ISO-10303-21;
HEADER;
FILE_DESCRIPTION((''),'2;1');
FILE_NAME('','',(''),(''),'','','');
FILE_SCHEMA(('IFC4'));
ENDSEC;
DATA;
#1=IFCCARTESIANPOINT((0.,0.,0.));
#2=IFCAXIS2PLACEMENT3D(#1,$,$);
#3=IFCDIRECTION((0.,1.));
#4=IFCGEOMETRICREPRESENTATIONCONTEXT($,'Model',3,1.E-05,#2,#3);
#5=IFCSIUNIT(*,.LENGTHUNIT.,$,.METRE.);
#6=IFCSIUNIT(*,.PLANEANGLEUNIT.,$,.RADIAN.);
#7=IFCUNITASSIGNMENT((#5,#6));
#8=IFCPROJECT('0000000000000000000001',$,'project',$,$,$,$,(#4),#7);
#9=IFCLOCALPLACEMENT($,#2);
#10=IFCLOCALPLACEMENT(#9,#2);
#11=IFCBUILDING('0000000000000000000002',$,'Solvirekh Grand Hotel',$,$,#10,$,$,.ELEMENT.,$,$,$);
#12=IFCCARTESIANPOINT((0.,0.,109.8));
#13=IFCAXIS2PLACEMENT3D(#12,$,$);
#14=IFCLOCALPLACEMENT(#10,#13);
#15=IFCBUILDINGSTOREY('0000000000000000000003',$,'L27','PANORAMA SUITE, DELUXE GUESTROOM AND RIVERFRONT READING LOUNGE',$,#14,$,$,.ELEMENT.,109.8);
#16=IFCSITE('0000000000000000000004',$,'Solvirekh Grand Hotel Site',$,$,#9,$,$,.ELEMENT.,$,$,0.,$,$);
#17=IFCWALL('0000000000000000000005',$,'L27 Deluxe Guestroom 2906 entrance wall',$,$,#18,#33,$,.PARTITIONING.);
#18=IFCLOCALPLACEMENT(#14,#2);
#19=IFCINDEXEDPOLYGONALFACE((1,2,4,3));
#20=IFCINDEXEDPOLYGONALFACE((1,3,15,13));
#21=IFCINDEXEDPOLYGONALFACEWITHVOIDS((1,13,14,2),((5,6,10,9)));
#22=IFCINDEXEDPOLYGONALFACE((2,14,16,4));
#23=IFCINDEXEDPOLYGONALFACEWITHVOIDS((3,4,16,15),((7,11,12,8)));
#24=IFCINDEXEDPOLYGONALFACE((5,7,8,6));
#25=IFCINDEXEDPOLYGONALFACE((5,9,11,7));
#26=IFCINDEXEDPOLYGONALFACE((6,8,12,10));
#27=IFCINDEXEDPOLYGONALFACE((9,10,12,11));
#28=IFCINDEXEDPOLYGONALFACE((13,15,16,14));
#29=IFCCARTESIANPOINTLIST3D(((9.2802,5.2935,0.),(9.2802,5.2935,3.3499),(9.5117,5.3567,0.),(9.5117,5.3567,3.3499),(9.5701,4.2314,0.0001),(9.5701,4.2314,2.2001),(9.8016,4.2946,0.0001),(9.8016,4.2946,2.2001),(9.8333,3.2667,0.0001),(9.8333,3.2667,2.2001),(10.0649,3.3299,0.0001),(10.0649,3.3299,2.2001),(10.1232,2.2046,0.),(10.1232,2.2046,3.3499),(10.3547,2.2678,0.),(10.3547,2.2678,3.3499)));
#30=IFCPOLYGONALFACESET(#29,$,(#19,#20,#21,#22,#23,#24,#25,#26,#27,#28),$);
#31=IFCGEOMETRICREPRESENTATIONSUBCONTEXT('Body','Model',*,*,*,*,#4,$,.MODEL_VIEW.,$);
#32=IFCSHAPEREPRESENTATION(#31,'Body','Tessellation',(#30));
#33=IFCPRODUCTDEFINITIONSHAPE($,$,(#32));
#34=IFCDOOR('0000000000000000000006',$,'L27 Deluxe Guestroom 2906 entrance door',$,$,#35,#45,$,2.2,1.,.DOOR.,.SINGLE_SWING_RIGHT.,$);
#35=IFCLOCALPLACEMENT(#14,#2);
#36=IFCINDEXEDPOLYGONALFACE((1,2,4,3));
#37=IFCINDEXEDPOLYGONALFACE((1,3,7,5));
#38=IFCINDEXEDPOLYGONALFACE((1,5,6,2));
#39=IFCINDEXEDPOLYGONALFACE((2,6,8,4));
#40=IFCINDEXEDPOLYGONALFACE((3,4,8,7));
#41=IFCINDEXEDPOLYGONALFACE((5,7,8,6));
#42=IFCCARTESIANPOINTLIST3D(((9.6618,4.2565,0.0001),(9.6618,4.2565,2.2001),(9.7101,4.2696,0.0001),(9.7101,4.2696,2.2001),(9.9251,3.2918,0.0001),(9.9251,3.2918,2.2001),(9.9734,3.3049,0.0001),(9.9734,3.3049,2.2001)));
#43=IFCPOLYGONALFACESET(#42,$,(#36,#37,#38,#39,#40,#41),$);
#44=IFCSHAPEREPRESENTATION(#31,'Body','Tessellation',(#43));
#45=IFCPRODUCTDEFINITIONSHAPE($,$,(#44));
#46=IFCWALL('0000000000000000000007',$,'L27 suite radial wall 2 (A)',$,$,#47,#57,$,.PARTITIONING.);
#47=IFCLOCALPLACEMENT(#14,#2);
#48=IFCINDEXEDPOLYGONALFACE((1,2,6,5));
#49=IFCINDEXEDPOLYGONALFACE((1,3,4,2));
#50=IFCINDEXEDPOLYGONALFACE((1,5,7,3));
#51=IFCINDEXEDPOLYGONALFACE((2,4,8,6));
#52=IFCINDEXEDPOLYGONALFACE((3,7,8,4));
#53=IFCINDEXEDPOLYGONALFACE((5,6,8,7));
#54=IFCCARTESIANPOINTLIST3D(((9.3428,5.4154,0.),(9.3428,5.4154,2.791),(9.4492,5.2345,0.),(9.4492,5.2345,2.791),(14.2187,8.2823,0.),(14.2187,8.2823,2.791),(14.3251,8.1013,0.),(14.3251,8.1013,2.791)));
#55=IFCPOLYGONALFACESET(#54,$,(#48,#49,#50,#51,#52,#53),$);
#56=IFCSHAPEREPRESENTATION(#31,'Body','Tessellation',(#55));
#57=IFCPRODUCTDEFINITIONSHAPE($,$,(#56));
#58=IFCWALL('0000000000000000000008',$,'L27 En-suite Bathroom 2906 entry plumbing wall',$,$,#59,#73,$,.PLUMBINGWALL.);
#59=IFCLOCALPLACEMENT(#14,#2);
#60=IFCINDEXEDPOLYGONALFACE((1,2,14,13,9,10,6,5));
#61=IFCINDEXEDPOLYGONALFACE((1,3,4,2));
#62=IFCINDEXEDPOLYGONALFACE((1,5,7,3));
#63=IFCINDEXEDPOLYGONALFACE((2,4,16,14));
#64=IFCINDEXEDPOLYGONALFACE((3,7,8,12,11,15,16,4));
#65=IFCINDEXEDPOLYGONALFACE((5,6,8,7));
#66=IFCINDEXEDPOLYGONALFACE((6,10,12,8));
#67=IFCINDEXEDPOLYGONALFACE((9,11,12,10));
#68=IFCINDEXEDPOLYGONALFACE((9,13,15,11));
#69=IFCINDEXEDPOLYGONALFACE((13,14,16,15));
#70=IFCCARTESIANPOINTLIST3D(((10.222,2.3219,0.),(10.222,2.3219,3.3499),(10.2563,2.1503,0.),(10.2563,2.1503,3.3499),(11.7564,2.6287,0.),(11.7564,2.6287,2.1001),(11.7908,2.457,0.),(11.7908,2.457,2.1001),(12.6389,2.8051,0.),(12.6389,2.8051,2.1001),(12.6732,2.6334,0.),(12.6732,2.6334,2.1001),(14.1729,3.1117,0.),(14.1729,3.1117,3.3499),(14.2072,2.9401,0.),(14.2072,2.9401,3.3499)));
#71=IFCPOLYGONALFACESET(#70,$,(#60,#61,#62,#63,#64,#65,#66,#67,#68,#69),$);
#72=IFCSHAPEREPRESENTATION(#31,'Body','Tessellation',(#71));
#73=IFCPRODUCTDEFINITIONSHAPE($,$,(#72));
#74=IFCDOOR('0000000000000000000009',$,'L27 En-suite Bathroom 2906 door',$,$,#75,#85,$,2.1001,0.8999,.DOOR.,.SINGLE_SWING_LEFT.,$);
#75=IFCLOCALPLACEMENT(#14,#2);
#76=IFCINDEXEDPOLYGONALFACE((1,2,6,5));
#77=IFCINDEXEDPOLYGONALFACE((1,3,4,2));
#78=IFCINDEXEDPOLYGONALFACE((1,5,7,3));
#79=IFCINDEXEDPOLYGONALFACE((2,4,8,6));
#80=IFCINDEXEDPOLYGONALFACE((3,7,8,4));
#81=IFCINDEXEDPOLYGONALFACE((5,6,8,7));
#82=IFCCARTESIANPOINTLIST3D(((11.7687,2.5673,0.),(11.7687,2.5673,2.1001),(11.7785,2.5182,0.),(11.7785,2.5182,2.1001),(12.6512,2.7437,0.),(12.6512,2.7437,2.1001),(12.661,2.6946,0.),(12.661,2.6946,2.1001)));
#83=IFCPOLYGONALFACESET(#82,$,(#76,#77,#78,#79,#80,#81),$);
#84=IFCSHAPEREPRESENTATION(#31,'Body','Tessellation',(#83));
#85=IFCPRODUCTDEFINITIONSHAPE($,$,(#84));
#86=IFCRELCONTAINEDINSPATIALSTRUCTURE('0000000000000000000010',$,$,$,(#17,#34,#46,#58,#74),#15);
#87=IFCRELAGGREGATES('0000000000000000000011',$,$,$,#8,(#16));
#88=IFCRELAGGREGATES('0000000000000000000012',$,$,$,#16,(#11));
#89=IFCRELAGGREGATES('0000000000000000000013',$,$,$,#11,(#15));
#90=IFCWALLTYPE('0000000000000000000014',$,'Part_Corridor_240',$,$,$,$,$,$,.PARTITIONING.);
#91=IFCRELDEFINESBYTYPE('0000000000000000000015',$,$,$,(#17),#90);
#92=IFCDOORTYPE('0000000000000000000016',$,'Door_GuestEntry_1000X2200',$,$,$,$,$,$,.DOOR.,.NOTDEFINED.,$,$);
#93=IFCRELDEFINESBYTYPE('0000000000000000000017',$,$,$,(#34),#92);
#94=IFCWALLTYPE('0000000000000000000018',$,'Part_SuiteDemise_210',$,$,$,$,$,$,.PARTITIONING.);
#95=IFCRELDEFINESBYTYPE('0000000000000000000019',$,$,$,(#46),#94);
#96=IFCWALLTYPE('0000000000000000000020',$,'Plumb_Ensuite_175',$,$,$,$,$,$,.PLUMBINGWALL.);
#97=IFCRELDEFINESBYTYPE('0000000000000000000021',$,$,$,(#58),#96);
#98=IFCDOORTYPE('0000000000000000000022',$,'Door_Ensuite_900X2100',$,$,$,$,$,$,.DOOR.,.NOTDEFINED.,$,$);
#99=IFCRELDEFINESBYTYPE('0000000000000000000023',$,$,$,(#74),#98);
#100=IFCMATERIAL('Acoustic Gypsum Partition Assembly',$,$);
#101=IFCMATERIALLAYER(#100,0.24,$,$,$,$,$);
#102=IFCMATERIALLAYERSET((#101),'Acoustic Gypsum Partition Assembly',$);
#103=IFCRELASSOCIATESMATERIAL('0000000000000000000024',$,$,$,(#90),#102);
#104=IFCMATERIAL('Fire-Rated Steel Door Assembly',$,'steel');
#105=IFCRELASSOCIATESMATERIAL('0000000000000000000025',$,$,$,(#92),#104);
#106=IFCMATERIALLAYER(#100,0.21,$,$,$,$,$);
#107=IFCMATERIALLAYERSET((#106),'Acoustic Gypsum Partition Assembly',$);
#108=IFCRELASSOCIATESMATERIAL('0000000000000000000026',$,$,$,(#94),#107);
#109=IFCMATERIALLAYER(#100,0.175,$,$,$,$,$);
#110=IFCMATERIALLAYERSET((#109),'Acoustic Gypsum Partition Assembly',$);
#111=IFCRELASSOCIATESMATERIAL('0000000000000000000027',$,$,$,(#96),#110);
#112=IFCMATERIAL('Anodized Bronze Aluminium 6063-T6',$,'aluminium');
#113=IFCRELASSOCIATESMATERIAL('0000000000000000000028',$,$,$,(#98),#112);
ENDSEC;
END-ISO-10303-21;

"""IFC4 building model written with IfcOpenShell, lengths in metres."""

from ifc_helpers import new_model, si_unit, direction, frame, frame_2d, origin, place, context, subcontext, project, spatial, rectangle, extrude, material, layer, layer_set, type_object, element, fill, save


model = new_model("IFC4")

# Units and contexts
model_context = context("Model", 3, precision=1e-05, world=origin(), true_north=direction((0.0, 1.0)))
body_context = subcontext(model_context, "Body", "Model", "MODEL_VIEW")
ifc_project = project(units=[si_unit("LENGTHUNIT", "METRE"), si_unit("PLANEANGLEUNIT", "RADIAN")], contexts=[model_context])

# Site, building, storey
site_placement = place(None, origin())
site = spatial("IfcSite", under=ifc_project, at=site_placement, Name="Solvirekh Grand Hotel Site", CompositionType="ELEMENT", RefElevation=0.0)
building_placement = place(site_placement, origin())
building = spatial("IfcBuilding", under=site, at=building_placement, Name="Solvirekh Grand Hotel", CompositionType="ELEMENT")
storey_placement = place(building_placement, frame((0.0, 0.0, 109.8)))
storey = spatial("IfcBuildingStorey", under=building, at=storey_placement, Name="L27", Description="PANORAMA SUITE, DELUXE GUESTROOM AND RIVERFRONT READING LOUNGE", CompositionType="ELEMENT", Elevation=109.8)

# Shared definitions
ifc_material_1 = material(Name="Acoustic Gypsum Partition Assembly")
ifc_material_2 = material(Name="Fire-Rated Steel Door Assembly", Category="steel")

# Shared definitions
ifc_layer_1 = layer(ifc_material_1, 0.24)
ifc_layer_set_1 = layer_set([ifc_layer_1], Name="Acoustic Gypsum Partition Assembly")
wall_type_1 = type_object("IfcWallType", Name="Part_Corridor_240", PredefinedType="PARTITIONING", material=ifc_layer_set_1)

# Wall, opening, door
door_type_1 = type_object("IfcDoorType", Name="Door_GuestEntry_1000X2200", OperationType="NOTDEFINED", PredefinedType="DOOR", material=ifc_material_2)
wall_1_placement = place(storey_placement, frame((10.239, 2.2361, 0.0), z_axis=(0.0, 0.0, 1.0), x_axis=(-0.263292, 0.964716, 0.0)))
wall_1 = element("IfcWall", 1, at=wall_1_placement, inside=storey, type_object=wall_type_1, Name="L27 Deluxe Guestroom 2906 entrance wall", PredefinedType="PARTITIONING", context=body_context, shape_type="SweptSolid", body=[
    extrude(rectangle(XDim=3.2019, YDim=0.24, at=frame_2d((1.6011, 0.0))), origin(), (0.0, 0.0, 1.0), 3.3499),
])
opening_1_placement = place(wall_1_placement, frame((1.1011, 0.0, 0.0)))
opening_1 = element("IfcOpeningElement", 2, at=opening_1_placement, cuts=wall_1, PredefinedType="OPENING", context=body_context, shape_type="SweptSolid", body=[
    extrude(rectangle(XDim=1.0, YDim=2.2, at=frame_2d((0.5, 1.1001))), frame((0.0, 0.1299, 0.0), z_axis=(0.0, -1.0, 0.0), x_axis=(1.0, 0.0, 0.0)), (0.0, 0.0, 1.0), 0.26),
])
door_1_placement = place(opening_1_placement, origin())
door_1 = element("IfcDoor", 3, at=door_1_placement, inside=storey, type_object=door_type_1, Name="L27 Deluxe Guestroom 2906 entrance door", OperationType="SINGLE_SWING_RIGHT", OverallHeight=2.2, OverallWidth=1.0, PredefinedType="DOOR", context=body_context, shape_type="SweptSolid", body=[
    extrude(rectangle(XDim=1.0, YDim=2.2, at=frame_2d((0.5, 1.1001))), frame((0.0, 0.0249, 0.0), z_axis=(0.0, -1.0, 0.0), x_axis=(1.0, 0.0, 0.0)), (0.0, 0.0, 1.0), 0.05),
])
fill(opening_1, door_1)

# Wall
ifc_layer_2 = layer(ifc_material_1, 0.21)
ifc_layer_set_2 = layer_set([ifc_layer_2], Name="Acoustic Gypsum Partition Assembly")
wall_type_2 = type_object("IfcWallType", Name="Part_SuiteDemise_210", PredefinedType="PARTITIONING", material=ifc_layer_set_2)
wall_2_placement = place(storey_placement, frame((9.396, 5.325, 0.0), z_axis=(0.0, 0.0, 1.0), x_axis=(0.862033, 0.506852, 0.0)))
element("IfcWall", 4, at=wall_2_placement, inside=storey, type_object=wall_type_2, Name="L27 suite radial wall 2 (A)", PredefinedType="PARTITIONING", context=body_context, shape_type="SweptSolid", body=[
    extrude(rectangle(XDim=5.6562, YDim=0.21, at=frame_2d((2.8281, 0.0))), origin(), (0.0, 0.0, 1.0), 2.791),
])

# Wall, opening, door
ifc_layer_3 = layer(ifc_material_1, 0.175)
ifc_layer_set_3 = layer_set([ifc_layer_3], Name="Acoustic Gypsum Partition Assembly")
wall_type_3 = type_object("IfcWallType", Name="Plumb_Ensuite_175", PredefinedType="PLUMBINGWALL", material=ifc_layer_set_3)
wall_3_placement = place(storey_placement, frame((10.239, 2.2361, 0.0), z_axis=(0.0, 0.0, 1.0), x_axis=(0.980599, 0.196023, 0.0)))
wall_3 = element("IfcWall", 5, at=wall_3_placement, inside=storey, type_object=wall_type_3, Name="L27 En-suite Bathroom 2906 entry plumbing wall", PredefinedType="PLUMBINGWALL", context=body_context, shape_type="SweptSolid", body=[
    extrude(rectangle(XDim=4.0291, YDim=0.175, at=frame_2d((2.0146, 0.0))), origin(), (0.0, 0.0, 1.0), 3.3499),
])
opening_2_placement = place(wall_3_placement, frame((1.5649, 0.0, 0.0)))
opening_2 = element("IfcOpeningElement", 6, at=opening_2_placement, cuts=wall_3, PredefinedType="OPENING", context=body_context, shape_type="SweptSolid", body=[
    extrude(rectangle(XDim=0.8999, YDim=2.1001, at=frame_2d((0.45, 1.05))), frame((0.0, 0.0977, 0.0), z_axis=(0.0, -1.0, 0.0), x_axis=(1.0, 0.0, 0.0)), (0.0, 0.0, 1.0), 0.1951),
])
ifc_material_3 = material(Name="Anodized Bronze Aluminium 6063-T6", Category="aluminium")
door_type_2 = type_object("IfcDoorType", Name="Door_Ensuite_900X2100", OperationType="NOTDEFINED", PredefinedType="DOOR", material=ifc_material_3)
door_2_placement = place(opening_2_placement, origin())
door_2 = element("IfcDoor", 7, at=door_2_placement, inside=storey, type_object=door_type_2, Name="L27 En-suite Bathroom 2906 door", OperationType="SINGLE_SWING_LEFT", OverallHeight=2.1001, OverallWidth=0.8999, PredefinedType="DOOR", context=body_context, shape_type="SweptSolid", body=[
    extrude(rectangle(XDim=0.8999, YDim=2.1001, at=frame_2d((0.45, 1.05))), frame((0.0, 0.0249, 0.0), z_axis=(0.0, -1.0, 0.0), x_axis=(1.0, 0.0, 0.0)), (0.0, 0.0, 1.0), 0.05),
])
fill(opening_2, door_2)

save(model, "model.ifc")
